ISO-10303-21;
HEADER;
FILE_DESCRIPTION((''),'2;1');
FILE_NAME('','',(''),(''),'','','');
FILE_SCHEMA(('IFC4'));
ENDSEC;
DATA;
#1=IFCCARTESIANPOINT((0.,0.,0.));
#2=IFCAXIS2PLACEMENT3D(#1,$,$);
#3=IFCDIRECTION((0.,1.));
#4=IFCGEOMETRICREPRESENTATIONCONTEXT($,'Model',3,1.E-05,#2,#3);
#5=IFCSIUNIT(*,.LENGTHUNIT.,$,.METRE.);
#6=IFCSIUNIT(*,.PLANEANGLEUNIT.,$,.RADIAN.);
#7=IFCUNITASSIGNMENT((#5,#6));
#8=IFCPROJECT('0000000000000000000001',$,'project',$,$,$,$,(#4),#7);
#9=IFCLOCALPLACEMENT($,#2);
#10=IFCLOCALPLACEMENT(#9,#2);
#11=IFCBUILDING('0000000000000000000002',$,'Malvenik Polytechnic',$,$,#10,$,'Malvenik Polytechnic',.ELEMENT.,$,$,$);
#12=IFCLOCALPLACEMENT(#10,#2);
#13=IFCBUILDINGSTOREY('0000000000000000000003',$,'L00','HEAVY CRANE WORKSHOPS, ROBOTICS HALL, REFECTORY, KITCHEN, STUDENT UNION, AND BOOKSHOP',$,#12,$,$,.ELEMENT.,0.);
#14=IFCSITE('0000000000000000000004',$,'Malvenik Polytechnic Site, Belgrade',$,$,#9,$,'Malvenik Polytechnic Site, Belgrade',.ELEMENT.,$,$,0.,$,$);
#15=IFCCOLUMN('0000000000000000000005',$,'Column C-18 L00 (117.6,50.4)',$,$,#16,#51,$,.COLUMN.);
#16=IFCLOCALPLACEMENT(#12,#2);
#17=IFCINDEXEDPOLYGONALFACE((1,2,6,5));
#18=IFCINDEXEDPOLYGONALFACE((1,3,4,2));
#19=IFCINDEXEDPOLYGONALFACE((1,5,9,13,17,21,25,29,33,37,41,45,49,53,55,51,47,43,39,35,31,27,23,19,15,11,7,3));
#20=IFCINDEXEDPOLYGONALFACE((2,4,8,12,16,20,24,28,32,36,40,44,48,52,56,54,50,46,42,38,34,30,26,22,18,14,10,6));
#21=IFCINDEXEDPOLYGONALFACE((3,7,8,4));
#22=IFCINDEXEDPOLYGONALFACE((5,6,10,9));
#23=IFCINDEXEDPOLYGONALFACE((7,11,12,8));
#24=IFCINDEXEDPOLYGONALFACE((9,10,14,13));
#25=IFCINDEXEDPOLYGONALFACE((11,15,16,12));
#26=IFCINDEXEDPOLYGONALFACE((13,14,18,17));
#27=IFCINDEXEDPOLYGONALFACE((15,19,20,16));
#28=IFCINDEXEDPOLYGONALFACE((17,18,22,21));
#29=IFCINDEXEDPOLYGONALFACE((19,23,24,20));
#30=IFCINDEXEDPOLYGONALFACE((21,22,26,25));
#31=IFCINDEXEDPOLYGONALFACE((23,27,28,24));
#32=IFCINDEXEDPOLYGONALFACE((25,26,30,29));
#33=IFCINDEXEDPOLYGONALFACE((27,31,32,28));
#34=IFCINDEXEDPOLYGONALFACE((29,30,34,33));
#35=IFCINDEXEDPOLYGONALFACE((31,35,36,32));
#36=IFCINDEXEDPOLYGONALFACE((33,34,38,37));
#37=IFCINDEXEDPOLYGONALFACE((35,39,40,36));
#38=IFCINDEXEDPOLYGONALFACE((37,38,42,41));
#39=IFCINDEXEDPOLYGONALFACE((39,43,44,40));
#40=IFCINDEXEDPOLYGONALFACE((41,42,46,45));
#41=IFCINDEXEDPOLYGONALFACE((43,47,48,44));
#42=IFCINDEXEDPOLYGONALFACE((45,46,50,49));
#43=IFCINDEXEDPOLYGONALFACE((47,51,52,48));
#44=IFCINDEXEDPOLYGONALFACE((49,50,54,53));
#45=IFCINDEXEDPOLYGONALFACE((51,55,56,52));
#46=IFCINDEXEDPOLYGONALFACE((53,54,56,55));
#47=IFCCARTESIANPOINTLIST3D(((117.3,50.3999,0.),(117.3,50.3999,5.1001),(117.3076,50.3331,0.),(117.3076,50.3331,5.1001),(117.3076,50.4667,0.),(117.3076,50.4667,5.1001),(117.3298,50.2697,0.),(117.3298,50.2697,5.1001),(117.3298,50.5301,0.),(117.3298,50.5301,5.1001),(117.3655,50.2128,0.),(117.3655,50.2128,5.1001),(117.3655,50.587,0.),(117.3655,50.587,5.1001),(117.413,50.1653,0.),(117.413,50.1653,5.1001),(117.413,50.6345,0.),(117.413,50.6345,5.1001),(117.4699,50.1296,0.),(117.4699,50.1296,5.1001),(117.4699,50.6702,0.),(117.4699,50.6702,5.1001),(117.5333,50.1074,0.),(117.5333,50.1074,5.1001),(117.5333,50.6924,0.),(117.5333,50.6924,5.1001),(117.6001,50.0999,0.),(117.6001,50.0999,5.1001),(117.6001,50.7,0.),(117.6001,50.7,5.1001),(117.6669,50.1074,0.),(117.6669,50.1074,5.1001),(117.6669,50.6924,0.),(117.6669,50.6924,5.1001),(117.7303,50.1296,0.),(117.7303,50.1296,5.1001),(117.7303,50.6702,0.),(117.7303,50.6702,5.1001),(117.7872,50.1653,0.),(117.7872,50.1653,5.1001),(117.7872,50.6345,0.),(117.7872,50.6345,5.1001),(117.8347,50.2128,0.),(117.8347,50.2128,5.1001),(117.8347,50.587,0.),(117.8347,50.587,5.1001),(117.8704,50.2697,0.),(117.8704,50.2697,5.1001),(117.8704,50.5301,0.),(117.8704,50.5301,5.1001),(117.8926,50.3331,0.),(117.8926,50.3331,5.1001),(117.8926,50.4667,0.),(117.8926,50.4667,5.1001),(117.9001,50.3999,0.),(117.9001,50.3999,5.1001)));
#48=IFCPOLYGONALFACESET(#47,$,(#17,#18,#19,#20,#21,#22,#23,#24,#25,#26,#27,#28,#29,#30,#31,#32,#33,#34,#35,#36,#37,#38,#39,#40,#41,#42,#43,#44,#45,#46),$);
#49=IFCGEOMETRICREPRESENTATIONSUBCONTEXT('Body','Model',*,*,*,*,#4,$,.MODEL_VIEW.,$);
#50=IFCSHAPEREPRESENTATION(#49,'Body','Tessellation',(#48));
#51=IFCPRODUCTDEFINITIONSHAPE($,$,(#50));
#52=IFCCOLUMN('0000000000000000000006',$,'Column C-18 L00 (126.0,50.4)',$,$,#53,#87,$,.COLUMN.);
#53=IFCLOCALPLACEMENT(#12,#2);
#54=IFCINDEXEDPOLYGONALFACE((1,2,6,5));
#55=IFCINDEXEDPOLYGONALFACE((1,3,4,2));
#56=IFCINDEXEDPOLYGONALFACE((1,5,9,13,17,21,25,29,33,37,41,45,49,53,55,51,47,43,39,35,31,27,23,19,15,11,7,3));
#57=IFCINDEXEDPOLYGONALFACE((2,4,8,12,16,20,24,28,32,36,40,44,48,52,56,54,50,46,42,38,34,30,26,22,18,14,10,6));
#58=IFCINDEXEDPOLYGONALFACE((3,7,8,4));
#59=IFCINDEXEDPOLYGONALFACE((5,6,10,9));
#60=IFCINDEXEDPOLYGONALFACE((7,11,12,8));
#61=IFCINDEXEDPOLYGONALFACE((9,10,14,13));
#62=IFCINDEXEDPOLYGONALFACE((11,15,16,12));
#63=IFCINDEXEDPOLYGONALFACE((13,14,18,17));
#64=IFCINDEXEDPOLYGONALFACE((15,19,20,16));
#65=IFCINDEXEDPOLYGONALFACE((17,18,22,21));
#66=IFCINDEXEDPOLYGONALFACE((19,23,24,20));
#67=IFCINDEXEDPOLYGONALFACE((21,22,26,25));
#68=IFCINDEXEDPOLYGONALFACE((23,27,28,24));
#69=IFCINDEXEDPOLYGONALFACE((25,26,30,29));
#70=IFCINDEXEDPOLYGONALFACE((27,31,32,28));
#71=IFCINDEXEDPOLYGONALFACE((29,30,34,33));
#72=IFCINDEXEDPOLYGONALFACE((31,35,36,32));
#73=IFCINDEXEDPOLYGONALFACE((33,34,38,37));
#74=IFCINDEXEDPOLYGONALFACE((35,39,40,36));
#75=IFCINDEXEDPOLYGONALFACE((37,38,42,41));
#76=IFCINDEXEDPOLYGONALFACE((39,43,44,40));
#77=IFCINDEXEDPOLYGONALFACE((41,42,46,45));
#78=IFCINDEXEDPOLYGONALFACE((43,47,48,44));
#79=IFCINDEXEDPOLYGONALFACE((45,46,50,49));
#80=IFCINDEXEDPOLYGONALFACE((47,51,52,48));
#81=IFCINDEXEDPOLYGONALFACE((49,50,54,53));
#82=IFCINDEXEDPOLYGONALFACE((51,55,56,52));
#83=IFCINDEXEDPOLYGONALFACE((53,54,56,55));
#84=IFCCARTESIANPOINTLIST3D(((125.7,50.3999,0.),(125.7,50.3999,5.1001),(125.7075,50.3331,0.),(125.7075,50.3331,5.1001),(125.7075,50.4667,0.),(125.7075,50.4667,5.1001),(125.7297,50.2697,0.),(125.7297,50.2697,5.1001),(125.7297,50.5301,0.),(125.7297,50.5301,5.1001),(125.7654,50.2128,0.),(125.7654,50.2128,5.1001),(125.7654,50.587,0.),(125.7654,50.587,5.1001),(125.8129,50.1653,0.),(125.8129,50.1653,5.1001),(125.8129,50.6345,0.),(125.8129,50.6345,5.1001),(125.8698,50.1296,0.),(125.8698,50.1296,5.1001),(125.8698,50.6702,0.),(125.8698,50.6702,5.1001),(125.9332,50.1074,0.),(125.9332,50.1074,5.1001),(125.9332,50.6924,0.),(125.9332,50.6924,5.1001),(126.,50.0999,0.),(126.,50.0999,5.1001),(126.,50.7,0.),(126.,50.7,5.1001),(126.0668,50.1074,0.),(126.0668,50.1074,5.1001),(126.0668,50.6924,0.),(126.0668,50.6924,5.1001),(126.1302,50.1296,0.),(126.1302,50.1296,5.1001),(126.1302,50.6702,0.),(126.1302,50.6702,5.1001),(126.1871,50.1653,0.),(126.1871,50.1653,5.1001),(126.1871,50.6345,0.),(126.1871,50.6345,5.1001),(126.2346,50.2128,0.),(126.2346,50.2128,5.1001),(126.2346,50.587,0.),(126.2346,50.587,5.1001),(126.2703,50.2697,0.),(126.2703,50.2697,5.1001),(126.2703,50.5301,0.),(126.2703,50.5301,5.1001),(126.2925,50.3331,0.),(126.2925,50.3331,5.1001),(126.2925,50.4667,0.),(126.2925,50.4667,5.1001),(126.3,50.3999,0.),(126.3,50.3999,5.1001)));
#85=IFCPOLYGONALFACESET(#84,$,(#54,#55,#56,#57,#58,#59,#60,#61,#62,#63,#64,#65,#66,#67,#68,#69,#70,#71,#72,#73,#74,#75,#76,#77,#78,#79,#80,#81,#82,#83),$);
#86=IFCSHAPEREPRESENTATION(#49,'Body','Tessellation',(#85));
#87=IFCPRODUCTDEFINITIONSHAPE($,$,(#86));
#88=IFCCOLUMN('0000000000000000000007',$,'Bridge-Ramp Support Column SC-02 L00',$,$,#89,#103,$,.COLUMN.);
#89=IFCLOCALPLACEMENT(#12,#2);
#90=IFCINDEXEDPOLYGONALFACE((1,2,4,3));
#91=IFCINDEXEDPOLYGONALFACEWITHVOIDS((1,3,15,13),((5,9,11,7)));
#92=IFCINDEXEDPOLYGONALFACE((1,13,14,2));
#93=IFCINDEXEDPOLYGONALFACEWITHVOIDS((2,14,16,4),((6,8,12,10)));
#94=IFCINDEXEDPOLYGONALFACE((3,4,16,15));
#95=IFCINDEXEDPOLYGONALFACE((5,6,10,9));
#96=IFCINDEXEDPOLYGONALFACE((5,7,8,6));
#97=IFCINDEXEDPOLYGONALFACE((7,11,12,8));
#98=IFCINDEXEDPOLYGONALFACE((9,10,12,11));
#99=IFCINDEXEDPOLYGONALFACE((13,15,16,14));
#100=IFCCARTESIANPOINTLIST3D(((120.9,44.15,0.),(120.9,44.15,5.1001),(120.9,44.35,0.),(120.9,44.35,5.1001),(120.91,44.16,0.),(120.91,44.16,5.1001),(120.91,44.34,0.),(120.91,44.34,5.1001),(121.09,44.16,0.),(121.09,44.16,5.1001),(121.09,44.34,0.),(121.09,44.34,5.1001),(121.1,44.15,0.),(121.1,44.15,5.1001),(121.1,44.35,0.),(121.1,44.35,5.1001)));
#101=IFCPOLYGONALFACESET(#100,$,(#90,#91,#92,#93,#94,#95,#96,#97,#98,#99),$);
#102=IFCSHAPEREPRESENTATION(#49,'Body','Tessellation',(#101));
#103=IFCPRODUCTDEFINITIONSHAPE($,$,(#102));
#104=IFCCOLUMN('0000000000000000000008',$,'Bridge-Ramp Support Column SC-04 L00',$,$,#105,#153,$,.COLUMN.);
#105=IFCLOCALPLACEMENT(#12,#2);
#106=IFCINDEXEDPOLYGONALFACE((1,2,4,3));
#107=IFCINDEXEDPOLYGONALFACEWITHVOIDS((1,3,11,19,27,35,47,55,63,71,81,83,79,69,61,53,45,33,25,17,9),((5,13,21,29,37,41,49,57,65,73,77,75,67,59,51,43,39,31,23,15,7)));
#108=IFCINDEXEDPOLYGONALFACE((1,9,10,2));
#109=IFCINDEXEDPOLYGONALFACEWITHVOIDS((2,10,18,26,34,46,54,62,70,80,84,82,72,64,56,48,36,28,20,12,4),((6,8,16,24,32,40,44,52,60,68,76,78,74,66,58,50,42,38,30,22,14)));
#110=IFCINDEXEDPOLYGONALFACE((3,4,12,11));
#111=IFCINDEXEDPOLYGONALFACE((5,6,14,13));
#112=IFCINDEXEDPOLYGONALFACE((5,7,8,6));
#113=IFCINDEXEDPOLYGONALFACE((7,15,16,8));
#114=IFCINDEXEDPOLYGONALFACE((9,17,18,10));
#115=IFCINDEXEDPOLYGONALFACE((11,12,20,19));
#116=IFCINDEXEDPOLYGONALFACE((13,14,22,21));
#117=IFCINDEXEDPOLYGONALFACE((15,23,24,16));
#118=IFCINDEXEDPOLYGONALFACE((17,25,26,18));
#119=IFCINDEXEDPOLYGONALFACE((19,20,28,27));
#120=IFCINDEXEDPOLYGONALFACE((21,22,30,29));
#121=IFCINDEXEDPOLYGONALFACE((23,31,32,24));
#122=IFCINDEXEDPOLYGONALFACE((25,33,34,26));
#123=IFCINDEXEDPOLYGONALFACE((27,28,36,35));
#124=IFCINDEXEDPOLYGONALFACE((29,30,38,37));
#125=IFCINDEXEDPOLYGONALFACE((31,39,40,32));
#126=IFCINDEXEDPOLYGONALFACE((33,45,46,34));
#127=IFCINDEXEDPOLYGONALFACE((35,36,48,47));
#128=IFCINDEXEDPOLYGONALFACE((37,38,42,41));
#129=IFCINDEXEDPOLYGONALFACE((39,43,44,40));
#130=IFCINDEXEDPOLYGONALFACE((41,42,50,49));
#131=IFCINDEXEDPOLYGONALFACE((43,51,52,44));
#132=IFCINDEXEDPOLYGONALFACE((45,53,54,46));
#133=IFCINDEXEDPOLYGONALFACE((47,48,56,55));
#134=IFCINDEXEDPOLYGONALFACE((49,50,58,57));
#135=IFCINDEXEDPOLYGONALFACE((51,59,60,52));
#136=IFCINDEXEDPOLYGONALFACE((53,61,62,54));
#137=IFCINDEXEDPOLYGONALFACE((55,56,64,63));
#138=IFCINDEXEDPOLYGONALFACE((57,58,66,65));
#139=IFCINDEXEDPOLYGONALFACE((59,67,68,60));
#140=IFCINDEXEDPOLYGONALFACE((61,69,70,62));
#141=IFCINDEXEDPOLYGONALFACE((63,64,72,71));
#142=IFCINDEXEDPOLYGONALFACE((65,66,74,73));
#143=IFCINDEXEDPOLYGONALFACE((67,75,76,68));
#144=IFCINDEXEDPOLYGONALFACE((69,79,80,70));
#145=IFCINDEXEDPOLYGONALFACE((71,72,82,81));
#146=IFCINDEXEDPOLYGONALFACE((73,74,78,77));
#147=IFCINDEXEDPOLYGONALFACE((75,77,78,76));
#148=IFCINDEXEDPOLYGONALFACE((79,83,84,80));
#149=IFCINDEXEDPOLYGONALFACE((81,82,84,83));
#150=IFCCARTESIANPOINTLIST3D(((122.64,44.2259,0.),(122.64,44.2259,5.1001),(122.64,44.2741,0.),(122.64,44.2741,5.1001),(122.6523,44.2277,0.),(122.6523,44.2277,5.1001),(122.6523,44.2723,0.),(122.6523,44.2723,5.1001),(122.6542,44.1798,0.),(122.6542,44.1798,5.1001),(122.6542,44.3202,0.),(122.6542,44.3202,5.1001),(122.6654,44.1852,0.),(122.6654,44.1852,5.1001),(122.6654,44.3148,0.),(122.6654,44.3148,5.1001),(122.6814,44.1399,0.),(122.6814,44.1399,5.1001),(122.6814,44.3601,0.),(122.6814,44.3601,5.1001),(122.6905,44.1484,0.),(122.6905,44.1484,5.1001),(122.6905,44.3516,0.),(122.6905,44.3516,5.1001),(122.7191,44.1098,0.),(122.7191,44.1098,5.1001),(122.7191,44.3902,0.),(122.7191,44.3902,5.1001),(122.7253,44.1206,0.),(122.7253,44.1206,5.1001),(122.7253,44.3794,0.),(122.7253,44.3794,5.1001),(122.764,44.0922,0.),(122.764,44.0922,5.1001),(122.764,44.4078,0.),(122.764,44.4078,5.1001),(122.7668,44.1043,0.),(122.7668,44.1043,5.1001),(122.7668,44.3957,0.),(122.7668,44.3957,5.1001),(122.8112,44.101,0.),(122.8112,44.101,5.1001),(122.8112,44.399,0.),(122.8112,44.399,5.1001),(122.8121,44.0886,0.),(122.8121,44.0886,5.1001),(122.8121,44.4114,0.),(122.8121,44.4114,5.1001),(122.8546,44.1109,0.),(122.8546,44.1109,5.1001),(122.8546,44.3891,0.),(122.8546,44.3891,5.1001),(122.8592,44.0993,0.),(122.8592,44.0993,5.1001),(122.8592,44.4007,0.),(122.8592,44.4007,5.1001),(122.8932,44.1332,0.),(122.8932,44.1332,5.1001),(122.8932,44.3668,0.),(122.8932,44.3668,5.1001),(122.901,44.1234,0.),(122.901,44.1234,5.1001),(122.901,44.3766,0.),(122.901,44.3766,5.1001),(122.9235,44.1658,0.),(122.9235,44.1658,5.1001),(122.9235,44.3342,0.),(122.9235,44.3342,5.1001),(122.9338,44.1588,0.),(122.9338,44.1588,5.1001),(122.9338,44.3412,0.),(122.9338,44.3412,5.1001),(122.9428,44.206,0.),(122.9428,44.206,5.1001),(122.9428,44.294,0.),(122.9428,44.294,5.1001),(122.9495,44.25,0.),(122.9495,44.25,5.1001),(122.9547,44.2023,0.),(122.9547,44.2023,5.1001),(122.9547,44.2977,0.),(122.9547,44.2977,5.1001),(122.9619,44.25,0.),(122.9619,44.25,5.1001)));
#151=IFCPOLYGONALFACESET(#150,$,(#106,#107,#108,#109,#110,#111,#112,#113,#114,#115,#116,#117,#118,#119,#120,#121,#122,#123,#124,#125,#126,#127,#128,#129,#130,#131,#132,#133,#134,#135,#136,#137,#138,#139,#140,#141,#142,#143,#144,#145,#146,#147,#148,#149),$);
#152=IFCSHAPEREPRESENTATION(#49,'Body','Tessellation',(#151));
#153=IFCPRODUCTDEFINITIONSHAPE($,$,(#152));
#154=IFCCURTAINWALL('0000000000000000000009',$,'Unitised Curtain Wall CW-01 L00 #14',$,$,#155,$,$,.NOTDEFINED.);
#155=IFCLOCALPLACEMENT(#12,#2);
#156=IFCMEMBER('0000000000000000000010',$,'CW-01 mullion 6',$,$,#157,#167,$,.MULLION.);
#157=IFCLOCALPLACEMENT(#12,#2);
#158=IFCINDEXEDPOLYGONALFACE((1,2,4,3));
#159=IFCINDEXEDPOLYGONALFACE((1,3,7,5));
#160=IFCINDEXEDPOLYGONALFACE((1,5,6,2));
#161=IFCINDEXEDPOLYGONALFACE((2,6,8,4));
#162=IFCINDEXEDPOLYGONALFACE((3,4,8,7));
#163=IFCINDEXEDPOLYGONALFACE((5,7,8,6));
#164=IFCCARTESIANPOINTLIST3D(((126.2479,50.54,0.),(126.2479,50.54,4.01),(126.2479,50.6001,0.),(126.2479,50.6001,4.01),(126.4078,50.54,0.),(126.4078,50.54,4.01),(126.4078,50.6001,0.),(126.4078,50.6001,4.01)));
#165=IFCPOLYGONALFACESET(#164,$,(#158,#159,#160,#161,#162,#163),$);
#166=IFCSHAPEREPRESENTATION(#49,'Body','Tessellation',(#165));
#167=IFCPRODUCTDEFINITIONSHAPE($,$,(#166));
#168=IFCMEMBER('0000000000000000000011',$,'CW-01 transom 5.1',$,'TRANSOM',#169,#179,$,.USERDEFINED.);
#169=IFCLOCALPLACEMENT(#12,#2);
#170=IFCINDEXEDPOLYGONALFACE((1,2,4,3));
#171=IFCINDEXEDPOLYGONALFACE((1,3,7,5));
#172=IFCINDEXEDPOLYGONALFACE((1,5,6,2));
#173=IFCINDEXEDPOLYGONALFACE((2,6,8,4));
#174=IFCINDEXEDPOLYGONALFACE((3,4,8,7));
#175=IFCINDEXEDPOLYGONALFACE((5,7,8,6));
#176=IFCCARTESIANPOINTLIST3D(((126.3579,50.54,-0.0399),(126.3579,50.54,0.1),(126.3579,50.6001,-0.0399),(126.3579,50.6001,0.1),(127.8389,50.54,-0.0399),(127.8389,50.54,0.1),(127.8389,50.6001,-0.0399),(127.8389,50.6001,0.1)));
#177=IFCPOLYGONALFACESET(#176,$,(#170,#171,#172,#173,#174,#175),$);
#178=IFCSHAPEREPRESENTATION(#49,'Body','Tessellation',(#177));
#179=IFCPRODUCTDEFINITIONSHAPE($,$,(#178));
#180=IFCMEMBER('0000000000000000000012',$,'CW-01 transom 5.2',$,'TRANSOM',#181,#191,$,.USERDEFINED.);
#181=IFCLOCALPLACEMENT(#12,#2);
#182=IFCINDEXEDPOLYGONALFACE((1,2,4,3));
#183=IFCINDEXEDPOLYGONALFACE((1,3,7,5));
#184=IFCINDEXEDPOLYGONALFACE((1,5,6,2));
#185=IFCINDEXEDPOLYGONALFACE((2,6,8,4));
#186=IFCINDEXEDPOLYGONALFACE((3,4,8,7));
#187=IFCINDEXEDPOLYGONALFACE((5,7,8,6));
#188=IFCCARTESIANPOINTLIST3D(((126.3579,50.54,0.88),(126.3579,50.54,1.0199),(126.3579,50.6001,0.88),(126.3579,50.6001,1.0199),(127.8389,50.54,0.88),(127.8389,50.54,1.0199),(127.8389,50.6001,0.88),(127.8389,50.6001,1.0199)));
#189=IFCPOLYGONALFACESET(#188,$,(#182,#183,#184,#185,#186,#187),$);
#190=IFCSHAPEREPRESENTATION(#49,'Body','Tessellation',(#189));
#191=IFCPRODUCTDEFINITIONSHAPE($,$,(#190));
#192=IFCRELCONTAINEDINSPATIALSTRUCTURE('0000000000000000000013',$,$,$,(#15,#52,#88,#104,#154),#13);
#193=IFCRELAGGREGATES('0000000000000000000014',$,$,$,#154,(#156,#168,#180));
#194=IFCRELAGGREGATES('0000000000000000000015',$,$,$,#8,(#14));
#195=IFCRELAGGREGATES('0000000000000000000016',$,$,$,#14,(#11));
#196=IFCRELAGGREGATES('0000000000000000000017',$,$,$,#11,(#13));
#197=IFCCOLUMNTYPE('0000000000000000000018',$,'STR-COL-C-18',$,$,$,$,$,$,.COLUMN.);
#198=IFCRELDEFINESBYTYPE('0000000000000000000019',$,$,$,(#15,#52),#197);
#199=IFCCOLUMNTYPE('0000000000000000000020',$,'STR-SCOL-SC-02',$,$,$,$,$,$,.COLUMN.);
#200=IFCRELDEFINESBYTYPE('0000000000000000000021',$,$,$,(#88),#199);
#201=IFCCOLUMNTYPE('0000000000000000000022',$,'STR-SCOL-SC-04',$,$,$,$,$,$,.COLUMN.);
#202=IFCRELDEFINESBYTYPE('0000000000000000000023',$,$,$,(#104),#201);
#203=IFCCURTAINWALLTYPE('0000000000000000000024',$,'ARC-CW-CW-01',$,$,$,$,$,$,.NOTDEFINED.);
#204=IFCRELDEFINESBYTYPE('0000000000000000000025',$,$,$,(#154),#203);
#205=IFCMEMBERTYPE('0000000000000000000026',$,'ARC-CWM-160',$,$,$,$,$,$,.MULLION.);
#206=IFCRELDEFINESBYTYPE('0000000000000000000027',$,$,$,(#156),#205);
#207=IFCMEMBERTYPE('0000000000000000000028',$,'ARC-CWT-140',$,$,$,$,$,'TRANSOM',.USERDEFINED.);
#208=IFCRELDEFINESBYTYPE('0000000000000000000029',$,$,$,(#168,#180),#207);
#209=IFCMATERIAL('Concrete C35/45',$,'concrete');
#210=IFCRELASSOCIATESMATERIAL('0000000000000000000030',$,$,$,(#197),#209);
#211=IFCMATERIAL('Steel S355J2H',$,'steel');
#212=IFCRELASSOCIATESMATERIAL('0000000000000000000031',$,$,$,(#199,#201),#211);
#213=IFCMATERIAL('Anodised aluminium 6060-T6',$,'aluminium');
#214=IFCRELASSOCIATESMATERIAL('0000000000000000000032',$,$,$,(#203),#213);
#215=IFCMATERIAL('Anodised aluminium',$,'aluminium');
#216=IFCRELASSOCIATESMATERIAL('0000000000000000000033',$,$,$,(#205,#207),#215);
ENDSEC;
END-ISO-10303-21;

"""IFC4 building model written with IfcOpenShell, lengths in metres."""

from ifc_helpers import new_model, si_unit, direction, frame, origin, origin_2d, place, context, subcontext, project, spatial, rectangle, hollow_rectangle, circle, hollow_circle, extrude, material, material_profile, profile_set, type_object, element, aggregate, save


model = new_model("IFC4")

# Units and contexts
model_context = context("Model", 3, precision=1e-05, world=origin(), true_north=direction((0.0, 1.0)))
body_context = subcontext(model_context, "Body", "Model", "MODEL_VIEW")
ifc_project = project(units=[si_unit("LENGTHUNIT", "METRE"), si_unit("PLANEANGLEUNIT", "RADIAN")], contexts=[model_context])

# Site, building, storey
site_placement = place(None, origin())
site = spatial("IfcSite", under=ifc_project, at=site_placement, Name="Malvenik Polytechnic Site, Belgrade", LongName="Malvenik Polytechnic Site, Belgrade", CompositionType="ELEMENT", RefElevation=0.0)
building_placement = place(site_placement, origin())
building = spatial("IfcBuilding", under=site, at=building_placement, Name="Malvenik Polytechnic", LongName="Malvenik Polytechnic", CompositionType="ELEMENT")
storey_placement = place(building_placement, origin())
storey = spatial("IfcBuildingStorey", under=building, at=storey_placement, Name="L00", Description="HEAVY CRANE WORKSHOPS, ROBOTICS HALL, REFECTORY, KITCHEN, STUDENT UNION, AND BOOKSHOP", CompositionType="ELEMENT", Elevation=0.0)

# Columns
ifc_material_1 = material(Name="Concrete C35/45", Category="concrete")
ifc_material_profile_1 = material_profile(ifc_material_1, circle(Radius=0.3, at=origin_2d()), Name="RC COL D600")
ifc_profile_set_1 = profile_set([ifc_material_profile_1], Name="Concrete C35/45")
column_type_1 = type_object("IfcColumnType", Name="STR-COL-C-18", PredefinedType="COLUMN", material=ifc_profile_set_1)
for number, where, z_axis, x_axis, name in (
    (1, (117.6001, 50.3999, 0.0), (0.0, 0.0, 1.0), (1.0, 0.0, 0.0), "Column C-18 L00 (117.6,50.4)"),
    (2, (126.0, 50.3999, 0.0), (0.0, 0.0, 1.0), (1.0, 0.0, 0.0), "Column C-18 L00 (126.0,50.4)"),
):
    element("IfcColumn", number, at=place(storey_placement, frame(where, z_axis=z_axis, x_axis=x_axis)), inside=storey, type_object=column_type_1, Name=name, PredefinedType="COLUMN", context=body_context, shape_type="SweptSolid", body=[
        extrude(circle(Radius=0.3, at=origin_2d()), origin(), (0.0, 0.0, 1.0), 5.1001),
    ])
ifc_material_2 = material(Name="Steel S355J2H", Category="steel")
ifc_material_profile_2 = material_profile(ifc_material_2, hollow_rectangle(XDim=0.2, YDim=0.2, WallThickness=0.01, at=origin_2d()), Name="SHS 200x200x10.0")
ifc_profile_set_2 = profile_set([ifc_material_profile_2], Name="Steel S355J2H")
column_type_2 = type_object("IfcColumnType", Name="STR-SCOL-SC-02", PredefinedType="COLUMN", material=ifc_profile_set_2)
column_1_placement = place(storey_placement, frame((121.0, 44.25, 0.0), z_axis=(0.0, 0.0, 1.0), x_axis=(1.0, 0.0, 0.0)))
element("IfcColumn", 3, at=column_1_placement, inside=storey, type_object=column_type_2, Name="Bridge-Ramp Support Column SC-02 L00", PredefinedType="COLUMN", context=body_context, shape_type="SweptSolid", body=[
    extrude(hollow_rectangle(XDim=0.2, YDim=0.2, WallThickness=0.01, at=origin_2d()), origin(), (0.0, 0.0, 1.0), 5.1001),
])
ifc_material_profile_3 = material_profile(ifc_material_2, hollow_circle(Radius=0.1619, WallThickness=0.0125, at=origin_2d()), Name="CHS 323.9x12.5")
ifc_profile_set_3 = profile_set([ifc_material_profile_3], Name="Steel S355J2H")
column_type_3 = type_object("IfcColumnType", Name="STR-SCOL-SC-04", PredefinedType="COLUMN", material=ifc_profile_set_3)
column_2_placement = place(storey_placement, frame((122.8, 44.25, 0.0), z_axis=(0.0, 0.0, 1.0), x_axis=(1.0, 0.0, 0.0)))
element("IfcColumn", 4, at=column_2_placement, inside=storey, type_object=column_type_3, Name="Bridge-Ramp Support Column SC-04 L00", PredefinedType="COLUMN", context=body_context, shape_type="SweptSolid", body=[
    extrude(hollow_circle(Radius=0.1619, WallThickness=0.0125, at=origin_2d()), origin(), (0.0, 0.0, 1.0), 5.1001),
])

# Curtain wall, members
ifc_material_3 = material(Name="Anodised aluminium 6060-T6", Category="aluminium")
curtain_wall_type = type_object("IfcCurtainWallType", Name="ARC-CW-CW-01", PredefinedType="NOTDEFINED", material=ifc_material_3)
curtain_wall_placement = place(storey_placement, origin())
curtain_wall = element("IfcCurtainWall", 5, at=curtain_wall_placement, inside=storey, type_object=curtain_wall_type, Name="Unitised Curtain Wall CW-01 L00 #14", PredefinedType="NOTDEFINED")
ifc_material_4 = material(Name="Anodised aluminium", Category="aluminium")
ifc_material_profile_4 = material_profile(ifc_material_4, rectangle(XDim=0.0601, YDim=0.1599, at=origin_2d()), Name="ALU MULLION 60x160")
ifc_profile_set_4 = profile_set([ifc_material_profile_4], Name="Anodised aluminium")
member_type_1 = type_object("IfcMemberType", Name="ARC-CWM-160", PredefinedType="MULLION", material=ifc_profile_set_4)
member_1_placement = place(storey_placement, frame((126.3279, 50.5701, 0.0), z_axis=(0.0, 0.0, 1.0), x_axis=(0.0, -1.0, 0.0)))
member_1 = element("IfcMember", 6, at=member_1_placement, type_object=member_type_1, Name="CW-01 mullion 6", PredefinedType="MULLION", context=body_context, shape_type="SweptSolid", body=[
    extrude(rectangle(XDim=0.0601, YDim=0.1599, at=origin_2d()), origin(), (0.0, 0.0, 1.0), 4.01),
])
ifc_material_profile_5 = material_profile(ifc_material_4, rectangle(XDim=0.0601, YDim=0.1399, at=origin_2d()), Name="ALU TRANSOM 60x140")
ifc_profile_set_5 = profile_set([ifc_material_profile_5], Name="Anodised aluminium")
member_type_2 = type_object("IfcMemberType", Name="ARC-CWT-140", ElementType="TRANSOM", PredefinedType="USERDEFINED", material=ifc_profile_set_5)
member_2_placement = place(storey_placement, frame((127.8389, 50.5701, 0.03), z_axis=(-1.0, 0.0, 0.0), x_axis=(0.0, -1.0, 0.0)))
member_2 = element("IfcMember", 7, at=member_2_placement, type_object=member_type_2, Name="CW-01 transom 5.1", ObjectType="TRANSOM", PredefinedType="USERDEFINED", context=body_context, shape_type="SweptSolid", body=[
    extrude(rectangle(XDim=0.0601, YDim=0.1399, at=origin_2d()), origin(), (0.0, 0.0, 1.0), 1.481),
])
member_3_placement = place(storey_placement, frame((127.8389, 50.5701, 0.95), z_axis=(-1.0, 0.0, 0.0), x_axis=(0.0, -1.0, 0.0)))
member_3 = element("IfcMember", 8, at=member_3_placement, type_object=member_type_2, Name="CW-01 transom 5.2", ObjectType="TRANSOM", PredefinedType="USERDEFINED", context=body_context, shape_type="SweptSolid", body=[
    extrude(rectangle(XDim=0.0601, YDim=0.1399, at=origin_2d()), origin(), (0.0, 0.0, 1.0), 1.481),
])

aggregate(curtain_wall, [member_1, member_2, member_3])

save(model, "model.ifc")
